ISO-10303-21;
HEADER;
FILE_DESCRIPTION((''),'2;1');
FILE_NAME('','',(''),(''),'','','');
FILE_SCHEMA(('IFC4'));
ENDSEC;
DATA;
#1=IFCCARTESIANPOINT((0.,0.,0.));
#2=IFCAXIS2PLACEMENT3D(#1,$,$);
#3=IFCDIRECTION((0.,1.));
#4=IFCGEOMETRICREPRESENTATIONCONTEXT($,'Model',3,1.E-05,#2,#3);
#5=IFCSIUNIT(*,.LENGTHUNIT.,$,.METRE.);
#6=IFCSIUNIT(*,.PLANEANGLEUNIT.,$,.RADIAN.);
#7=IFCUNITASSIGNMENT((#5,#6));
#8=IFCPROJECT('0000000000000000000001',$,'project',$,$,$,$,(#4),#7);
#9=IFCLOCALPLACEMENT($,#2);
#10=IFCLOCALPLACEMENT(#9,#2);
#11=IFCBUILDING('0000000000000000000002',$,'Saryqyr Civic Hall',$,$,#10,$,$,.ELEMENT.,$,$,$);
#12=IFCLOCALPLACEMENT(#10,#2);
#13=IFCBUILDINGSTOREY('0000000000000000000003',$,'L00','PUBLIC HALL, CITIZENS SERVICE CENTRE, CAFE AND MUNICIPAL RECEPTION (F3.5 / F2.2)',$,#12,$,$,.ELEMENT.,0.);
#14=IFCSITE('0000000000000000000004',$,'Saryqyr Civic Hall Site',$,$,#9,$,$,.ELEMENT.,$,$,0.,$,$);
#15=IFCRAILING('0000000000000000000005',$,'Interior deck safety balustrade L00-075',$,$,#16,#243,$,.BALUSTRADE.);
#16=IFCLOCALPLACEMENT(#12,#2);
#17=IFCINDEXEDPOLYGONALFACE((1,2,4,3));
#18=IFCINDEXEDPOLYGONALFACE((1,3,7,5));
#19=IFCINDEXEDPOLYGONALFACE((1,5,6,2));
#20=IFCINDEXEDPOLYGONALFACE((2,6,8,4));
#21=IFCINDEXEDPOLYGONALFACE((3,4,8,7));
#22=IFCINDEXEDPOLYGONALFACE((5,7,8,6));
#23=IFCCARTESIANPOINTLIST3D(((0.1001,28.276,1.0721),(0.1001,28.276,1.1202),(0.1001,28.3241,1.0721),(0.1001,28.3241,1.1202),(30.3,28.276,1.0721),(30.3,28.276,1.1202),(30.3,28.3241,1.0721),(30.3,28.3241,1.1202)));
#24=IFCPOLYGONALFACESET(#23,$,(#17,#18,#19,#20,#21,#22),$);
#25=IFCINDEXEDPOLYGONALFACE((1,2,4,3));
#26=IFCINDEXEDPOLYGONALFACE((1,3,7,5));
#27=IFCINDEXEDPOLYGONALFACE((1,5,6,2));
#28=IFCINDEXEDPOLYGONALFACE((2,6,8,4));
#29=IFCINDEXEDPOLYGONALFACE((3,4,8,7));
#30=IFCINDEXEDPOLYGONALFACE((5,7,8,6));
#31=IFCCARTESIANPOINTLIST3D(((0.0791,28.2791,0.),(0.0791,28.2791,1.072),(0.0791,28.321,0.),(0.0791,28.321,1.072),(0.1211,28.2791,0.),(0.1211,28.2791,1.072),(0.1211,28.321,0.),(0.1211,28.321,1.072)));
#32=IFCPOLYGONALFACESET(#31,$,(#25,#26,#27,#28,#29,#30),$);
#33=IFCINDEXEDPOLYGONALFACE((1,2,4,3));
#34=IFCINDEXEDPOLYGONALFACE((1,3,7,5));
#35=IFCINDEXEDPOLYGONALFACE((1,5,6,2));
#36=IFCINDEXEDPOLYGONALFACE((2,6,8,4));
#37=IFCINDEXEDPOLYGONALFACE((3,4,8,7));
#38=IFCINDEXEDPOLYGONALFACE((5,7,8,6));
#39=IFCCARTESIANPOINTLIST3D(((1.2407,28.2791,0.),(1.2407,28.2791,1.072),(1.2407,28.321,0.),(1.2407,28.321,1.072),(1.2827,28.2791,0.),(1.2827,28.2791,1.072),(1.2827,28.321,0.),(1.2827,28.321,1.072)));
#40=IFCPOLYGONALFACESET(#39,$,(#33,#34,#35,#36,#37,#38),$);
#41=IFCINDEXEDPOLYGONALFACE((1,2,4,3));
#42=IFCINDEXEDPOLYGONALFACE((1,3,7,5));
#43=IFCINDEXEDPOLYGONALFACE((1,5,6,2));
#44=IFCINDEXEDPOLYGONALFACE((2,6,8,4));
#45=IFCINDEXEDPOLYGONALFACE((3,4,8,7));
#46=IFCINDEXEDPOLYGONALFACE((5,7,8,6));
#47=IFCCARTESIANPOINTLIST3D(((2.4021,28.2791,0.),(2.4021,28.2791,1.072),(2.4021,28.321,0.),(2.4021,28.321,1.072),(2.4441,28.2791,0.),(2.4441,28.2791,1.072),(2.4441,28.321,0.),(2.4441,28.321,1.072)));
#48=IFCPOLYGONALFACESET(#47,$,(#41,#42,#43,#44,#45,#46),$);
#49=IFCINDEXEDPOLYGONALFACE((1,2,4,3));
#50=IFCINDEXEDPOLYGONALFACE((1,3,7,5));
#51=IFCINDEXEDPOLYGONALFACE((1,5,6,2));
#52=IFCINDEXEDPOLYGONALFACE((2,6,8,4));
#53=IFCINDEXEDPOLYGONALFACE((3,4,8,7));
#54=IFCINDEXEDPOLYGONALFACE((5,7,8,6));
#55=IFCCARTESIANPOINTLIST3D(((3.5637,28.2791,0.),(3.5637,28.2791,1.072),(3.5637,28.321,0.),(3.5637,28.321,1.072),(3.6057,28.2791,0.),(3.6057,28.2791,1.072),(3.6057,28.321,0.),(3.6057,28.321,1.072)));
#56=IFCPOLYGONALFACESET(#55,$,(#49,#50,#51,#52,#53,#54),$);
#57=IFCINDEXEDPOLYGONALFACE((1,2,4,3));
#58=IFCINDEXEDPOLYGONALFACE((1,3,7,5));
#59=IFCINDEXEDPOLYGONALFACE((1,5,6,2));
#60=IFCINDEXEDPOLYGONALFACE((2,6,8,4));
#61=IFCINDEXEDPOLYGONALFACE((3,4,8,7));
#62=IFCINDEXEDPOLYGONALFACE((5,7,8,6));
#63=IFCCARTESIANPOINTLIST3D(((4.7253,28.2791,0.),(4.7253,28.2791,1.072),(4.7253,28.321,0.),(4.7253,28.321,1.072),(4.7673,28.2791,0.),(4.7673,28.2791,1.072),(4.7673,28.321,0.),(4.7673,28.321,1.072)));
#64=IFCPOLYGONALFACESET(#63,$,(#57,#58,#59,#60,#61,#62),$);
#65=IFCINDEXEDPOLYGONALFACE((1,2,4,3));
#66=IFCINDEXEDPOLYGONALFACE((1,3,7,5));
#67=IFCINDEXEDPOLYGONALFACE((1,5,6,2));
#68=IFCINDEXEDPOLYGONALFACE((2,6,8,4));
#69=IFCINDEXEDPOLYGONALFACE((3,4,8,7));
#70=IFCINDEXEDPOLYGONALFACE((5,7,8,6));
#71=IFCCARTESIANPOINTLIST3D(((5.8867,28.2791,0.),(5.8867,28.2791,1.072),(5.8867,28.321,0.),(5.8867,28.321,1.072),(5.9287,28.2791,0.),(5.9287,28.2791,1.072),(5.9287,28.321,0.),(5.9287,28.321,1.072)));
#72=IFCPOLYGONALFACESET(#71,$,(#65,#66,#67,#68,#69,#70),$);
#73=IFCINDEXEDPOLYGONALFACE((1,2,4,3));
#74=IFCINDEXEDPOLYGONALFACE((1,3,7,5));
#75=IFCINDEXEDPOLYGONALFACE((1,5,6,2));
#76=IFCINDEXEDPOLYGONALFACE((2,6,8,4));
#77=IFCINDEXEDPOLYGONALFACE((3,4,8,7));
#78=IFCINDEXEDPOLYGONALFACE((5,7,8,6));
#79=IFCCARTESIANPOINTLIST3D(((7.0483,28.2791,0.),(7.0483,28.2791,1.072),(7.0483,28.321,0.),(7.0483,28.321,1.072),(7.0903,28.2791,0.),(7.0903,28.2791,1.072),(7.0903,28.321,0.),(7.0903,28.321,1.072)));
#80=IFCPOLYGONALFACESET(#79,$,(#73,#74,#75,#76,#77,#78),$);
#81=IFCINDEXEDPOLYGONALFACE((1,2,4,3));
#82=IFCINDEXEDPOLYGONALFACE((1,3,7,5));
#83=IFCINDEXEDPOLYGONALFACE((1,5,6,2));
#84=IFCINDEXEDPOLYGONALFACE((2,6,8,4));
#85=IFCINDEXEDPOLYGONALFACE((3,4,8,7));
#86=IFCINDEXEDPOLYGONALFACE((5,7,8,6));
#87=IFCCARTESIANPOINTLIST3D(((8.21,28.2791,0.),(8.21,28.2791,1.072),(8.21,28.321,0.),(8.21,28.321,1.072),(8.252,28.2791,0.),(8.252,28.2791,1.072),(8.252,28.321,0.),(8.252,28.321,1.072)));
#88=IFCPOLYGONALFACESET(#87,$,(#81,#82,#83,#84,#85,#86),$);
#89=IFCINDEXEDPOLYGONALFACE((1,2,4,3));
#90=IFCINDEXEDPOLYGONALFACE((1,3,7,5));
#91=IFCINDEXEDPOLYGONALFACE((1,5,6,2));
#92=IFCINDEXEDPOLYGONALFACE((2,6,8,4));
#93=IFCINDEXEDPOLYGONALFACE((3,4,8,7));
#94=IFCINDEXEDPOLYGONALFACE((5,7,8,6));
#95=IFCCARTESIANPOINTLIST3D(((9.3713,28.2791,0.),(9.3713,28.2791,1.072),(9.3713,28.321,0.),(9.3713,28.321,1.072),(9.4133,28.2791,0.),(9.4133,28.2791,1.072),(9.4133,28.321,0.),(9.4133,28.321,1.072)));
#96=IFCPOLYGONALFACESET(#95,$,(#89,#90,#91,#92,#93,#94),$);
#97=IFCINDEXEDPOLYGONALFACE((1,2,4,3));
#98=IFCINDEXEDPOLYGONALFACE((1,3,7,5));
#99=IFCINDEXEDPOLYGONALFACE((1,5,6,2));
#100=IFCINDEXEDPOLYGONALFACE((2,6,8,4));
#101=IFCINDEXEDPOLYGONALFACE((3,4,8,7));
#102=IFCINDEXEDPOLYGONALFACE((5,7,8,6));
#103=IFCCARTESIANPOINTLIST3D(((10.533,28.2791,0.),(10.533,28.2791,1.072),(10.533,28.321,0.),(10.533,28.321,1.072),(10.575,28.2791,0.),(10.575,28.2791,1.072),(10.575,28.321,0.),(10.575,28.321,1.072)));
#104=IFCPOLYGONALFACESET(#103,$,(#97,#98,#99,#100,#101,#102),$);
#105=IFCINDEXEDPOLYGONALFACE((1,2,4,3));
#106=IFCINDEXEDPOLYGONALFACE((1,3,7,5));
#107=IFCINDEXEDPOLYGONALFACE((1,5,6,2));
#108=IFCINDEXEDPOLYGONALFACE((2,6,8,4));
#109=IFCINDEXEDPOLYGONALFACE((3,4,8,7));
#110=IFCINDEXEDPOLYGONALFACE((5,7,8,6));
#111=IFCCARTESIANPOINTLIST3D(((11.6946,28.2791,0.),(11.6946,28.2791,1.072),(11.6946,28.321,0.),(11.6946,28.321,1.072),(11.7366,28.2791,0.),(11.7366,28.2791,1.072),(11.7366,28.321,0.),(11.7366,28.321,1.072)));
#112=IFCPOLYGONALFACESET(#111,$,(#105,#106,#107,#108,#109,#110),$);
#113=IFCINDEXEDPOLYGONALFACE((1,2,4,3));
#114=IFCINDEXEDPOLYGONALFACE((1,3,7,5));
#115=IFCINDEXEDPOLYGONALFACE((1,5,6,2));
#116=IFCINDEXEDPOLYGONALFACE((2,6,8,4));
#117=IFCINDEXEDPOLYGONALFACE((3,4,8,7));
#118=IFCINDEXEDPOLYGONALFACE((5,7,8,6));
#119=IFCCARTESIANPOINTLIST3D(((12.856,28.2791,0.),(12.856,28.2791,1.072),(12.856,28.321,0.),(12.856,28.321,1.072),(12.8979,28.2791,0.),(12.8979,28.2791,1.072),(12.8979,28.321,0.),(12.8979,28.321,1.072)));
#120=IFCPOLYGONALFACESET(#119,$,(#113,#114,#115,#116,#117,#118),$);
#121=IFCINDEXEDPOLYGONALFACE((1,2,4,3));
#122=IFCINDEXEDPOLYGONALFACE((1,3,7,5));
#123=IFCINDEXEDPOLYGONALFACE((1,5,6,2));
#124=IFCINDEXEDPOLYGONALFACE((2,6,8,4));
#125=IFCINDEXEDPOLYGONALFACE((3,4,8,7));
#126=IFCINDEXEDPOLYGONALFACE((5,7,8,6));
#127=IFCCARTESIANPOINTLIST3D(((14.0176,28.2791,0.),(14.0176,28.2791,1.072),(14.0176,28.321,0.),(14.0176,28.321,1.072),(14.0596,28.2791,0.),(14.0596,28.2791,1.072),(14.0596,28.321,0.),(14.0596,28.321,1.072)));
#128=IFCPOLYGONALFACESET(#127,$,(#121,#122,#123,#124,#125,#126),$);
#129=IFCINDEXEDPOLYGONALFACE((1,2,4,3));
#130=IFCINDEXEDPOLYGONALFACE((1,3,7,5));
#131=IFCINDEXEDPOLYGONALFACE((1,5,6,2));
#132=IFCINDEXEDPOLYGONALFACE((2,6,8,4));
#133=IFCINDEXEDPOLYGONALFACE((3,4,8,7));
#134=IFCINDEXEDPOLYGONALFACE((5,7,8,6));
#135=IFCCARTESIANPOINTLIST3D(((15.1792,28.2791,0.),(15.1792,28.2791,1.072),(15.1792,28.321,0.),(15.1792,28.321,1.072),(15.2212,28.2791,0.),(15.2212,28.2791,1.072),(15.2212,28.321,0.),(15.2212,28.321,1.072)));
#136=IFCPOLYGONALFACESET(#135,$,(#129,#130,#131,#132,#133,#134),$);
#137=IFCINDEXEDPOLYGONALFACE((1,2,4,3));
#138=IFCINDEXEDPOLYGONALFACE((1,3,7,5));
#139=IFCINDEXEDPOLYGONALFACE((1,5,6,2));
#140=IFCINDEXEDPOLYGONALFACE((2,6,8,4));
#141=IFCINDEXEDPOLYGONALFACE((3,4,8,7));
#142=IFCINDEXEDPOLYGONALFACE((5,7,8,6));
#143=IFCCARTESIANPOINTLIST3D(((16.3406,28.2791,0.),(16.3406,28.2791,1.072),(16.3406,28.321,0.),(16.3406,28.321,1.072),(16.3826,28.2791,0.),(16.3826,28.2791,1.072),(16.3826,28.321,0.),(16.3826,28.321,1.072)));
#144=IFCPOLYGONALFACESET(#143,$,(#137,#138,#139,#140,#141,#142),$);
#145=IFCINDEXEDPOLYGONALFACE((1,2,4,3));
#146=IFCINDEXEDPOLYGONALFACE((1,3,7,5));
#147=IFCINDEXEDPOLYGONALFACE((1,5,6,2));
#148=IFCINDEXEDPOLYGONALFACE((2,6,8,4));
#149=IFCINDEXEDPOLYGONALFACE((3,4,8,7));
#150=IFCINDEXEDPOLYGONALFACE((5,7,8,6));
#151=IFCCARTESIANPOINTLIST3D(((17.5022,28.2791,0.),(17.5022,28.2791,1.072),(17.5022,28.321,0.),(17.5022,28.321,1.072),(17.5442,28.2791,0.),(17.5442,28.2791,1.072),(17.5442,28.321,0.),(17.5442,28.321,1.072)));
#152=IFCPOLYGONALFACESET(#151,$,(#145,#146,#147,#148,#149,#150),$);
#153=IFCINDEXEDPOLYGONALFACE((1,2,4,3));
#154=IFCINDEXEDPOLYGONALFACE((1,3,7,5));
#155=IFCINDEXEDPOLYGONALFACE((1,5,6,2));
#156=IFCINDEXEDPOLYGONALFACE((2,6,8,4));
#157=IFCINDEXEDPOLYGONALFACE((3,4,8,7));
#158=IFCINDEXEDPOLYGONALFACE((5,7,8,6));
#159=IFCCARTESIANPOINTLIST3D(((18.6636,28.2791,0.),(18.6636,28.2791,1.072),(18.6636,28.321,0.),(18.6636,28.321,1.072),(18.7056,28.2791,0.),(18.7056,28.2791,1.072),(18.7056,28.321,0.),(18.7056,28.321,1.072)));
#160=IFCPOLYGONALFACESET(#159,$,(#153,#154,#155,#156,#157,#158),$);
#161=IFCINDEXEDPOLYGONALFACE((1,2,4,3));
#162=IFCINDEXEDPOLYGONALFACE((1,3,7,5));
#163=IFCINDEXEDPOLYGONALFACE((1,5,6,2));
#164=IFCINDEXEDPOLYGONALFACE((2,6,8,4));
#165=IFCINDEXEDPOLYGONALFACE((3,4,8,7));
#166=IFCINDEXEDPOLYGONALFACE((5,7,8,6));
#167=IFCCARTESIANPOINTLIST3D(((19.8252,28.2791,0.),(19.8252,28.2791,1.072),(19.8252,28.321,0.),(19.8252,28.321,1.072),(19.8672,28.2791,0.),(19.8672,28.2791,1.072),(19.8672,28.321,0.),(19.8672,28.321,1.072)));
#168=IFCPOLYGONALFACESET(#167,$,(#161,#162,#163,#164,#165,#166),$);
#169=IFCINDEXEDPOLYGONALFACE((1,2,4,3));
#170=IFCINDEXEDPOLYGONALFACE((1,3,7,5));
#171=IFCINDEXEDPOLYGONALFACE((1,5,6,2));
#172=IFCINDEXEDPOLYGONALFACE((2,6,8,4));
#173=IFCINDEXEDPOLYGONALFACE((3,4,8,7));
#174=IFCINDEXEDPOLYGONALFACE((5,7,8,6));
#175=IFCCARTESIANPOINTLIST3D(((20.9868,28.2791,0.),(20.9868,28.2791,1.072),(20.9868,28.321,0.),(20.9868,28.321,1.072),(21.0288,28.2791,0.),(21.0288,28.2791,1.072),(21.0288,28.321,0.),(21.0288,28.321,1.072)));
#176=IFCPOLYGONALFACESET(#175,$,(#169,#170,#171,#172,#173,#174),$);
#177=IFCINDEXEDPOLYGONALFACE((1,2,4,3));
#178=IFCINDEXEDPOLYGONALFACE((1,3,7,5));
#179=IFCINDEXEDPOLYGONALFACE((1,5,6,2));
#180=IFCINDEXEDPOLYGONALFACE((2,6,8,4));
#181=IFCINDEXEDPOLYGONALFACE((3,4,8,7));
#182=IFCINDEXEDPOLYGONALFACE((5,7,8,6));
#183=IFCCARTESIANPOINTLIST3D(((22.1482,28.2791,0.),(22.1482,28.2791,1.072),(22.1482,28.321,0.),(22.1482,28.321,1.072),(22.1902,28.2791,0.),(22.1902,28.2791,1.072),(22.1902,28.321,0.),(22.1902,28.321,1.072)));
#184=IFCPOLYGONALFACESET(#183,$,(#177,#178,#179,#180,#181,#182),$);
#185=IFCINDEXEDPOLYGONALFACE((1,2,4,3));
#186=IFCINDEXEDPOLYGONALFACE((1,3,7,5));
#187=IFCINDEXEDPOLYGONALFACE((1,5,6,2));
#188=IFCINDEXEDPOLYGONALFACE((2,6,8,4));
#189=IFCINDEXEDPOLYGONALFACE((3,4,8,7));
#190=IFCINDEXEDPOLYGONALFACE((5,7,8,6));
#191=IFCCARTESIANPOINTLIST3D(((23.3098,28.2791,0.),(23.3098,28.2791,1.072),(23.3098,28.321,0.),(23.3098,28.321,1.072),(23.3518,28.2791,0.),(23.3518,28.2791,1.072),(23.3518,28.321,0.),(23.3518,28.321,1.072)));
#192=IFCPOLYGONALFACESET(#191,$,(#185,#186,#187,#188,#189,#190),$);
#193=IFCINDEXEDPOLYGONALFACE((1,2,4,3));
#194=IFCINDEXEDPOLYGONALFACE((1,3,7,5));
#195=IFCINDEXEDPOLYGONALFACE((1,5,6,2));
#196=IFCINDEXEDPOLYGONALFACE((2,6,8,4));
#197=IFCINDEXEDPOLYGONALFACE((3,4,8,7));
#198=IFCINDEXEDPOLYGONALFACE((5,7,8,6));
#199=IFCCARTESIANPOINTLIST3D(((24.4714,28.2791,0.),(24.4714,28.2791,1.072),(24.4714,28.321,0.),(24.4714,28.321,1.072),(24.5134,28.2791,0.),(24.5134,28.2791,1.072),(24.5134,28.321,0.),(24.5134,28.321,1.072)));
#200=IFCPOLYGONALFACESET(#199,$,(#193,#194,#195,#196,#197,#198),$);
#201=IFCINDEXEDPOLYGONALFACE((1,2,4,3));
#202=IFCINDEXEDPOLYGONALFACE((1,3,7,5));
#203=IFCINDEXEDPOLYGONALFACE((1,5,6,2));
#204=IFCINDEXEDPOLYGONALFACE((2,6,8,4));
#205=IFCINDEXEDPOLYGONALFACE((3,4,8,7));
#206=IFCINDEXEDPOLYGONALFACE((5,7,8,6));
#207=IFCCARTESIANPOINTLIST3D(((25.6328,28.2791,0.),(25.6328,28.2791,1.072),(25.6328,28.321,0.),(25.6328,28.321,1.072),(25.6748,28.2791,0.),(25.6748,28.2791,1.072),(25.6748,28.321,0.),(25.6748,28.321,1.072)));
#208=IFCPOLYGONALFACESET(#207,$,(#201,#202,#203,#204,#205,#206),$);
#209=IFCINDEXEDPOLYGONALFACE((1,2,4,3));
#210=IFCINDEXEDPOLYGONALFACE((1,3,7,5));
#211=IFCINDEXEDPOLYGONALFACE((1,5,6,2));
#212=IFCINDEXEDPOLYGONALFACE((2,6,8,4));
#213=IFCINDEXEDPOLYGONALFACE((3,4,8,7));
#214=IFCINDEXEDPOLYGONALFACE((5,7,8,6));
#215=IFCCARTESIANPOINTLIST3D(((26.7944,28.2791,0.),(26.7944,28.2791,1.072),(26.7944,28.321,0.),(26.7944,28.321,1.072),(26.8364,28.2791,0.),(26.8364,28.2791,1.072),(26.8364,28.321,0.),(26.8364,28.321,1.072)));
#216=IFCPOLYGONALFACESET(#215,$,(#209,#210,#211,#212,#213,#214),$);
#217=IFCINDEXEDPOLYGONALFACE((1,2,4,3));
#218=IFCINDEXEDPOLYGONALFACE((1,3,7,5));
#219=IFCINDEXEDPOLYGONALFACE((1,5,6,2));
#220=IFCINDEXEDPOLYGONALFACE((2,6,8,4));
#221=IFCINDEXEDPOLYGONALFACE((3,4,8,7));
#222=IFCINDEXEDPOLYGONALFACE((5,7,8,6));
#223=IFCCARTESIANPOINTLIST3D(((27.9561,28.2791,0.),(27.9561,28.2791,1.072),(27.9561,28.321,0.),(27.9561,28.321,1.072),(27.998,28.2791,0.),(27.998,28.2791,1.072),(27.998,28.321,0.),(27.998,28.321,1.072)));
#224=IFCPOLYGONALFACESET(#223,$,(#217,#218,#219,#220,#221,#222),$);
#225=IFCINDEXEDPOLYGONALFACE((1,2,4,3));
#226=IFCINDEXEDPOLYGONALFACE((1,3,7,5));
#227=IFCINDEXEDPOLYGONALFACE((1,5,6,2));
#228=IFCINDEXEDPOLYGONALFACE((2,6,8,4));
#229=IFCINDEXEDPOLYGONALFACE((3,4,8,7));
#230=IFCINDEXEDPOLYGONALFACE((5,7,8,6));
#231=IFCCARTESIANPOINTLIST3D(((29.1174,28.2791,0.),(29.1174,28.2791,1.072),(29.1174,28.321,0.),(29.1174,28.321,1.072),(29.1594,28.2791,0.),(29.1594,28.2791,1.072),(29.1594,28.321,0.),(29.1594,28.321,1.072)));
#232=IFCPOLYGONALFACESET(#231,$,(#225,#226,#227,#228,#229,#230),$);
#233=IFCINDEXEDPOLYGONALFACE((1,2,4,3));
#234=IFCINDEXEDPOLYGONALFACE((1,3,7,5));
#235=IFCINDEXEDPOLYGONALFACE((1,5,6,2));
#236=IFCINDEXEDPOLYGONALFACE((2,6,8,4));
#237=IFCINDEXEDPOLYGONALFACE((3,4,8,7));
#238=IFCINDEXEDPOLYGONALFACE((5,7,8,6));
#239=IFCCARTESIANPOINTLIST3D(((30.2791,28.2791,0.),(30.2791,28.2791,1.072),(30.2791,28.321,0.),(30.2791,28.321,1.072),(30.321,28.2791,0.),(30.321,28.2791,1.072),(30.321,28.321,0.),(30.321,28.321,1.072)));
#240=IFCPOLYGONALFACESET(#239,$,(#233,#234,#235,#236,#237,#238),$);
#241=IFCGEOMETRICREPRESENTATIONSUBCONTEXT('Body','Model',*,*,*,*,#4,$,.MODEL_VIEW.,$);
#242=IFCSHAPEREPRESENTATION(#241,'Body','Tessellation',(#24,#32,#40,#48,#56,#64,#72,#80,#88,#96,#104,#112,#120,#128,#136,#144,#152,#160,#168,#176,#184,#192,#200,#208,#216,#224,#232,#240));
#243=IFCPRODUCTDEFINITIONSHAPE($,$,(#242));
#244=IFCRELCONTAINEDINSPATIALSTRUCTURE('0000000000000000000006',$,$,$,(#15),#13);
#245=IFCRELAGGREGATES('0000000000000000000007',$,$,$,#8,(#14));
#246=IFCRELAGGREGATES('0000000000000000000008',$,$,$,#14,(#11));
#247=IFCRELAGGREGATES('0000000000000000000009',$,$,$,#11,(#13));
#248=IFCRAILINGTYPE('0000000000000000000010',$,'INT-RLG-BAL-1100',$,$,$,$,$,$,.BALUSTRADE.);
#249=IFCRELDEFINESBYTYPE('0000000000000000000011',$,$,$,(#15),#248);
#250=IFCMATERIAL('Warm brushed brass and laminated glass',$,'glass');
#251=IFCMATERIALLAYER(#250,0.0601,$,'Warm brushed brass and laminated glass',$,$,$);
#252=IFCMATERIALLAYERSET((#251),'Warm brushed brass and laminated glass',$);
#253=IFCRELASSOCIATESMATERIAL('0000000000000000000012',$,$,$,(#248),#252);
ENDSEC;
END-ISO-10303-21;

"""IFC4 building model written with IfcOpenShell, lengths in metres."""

from ifc_helpers import new_model, si_unit, direction, frame, origin, origin_2d, place, context, subcontext, project, spatial, rectangle, extrude, material, layer, layer_set, type_object, element, save


model = new_model("IFC4")

# Units and contexts
model_context = context("Model", 3, precision=1e-05, world=origin(), true_north=direction((0.0, 1.0)))
body_context = subcontext(model_context, "Body", "Model", "MODEL_VIEW")
ifc_project = project(units=[si_unit("LENGTHUNIT", "METRE"), si_unit("PLANEANGLEUNIT", "RADIAN")], contexts=[model_context])

# Site, building, storey
site_placement = place(None, origin())
site = spatial("IfcSite", under=ifc_project, at=site_placement, Name="Saryqyr Civic Hall Site", CompositionType="ELEMENT", RefElevation=0.0)
building_placement = place(site_placement, origin())
building = spatial("IfcBuilding", under=site, at=building_placement, Name="Saryqyr Civic Hall", CompositionType="ELEMENT")
storey_placement = place(building_placement, origin())
storey = spatial("IfcBuildingStorey", under=building, at=storey_placement, Name="L00", Description="PUBLIC HALL, CITIZENS SERVICE CENTRE, CAFE AND MUNICIPAL RECEPTION (F3.5 / F2.2)", CompositionType="ELEMENT", Elevation=0.0)

# Railing
ifc_material_1 = material(Name="Warm brushed brass and laminated glass", Category="glass")
ifc_layer_1 = layer(ifc_material_1, 0.0601, Name="Warm brushed brass and laminated glass")
ifc_layer_set_1 = layer_set([ifc_layer_1], Name="Warm brushed brass and laminated glass")
railing_type = type_object("IfcRailingType", Name="INT-RLG-BAL-1100", PredefinedType="BALUSTRADE", material=ifc_layer_set_1)
railing_1_placement = place(storey_placement, frame((0.1001, 28.3, 0.0)))
element("IfcRailing", 1, at=railing_1_placement, inside=storey, type_object=railing_type, Name="Interior deck safety balustrade L00-075", PredefinedType="BALUSTRADE", context=body_context, shape_type="SweptSolid", body=[
    extrude(rectangle(XDim=0.0481, YDim=0.0481, at=origin_2d()), frame((0.0, 0.0, 1.0962), z_axis=(1.0, 0.0, 0.0), x_axis=(0.0, 1.0, 0.0)), (0.0, 0.0, 1.0), 30.2),
    extrude(rectangle(XDim=0.042, YDim=0.042, at=origin_2d()), origin(), (0.0, 0.0, 1.0), 1.072),
    extrude(rectangle(XDim=0.042, YDim=0.042, at=origin_2d()), frame((1.1616, 0.0, 0.0)), (0.0, 0.0, 1.0), 1.072),
    extrude(rectangle(XDim=0.042, YDim=0.042, at=origin_2d()), frame((2.323, 0.0, 0.0)), (0.0, 0.0, 1.0), 1.072),
    extrude(rectangle(XDim=0.042, YDim=0.042, at=origin_2d()), frame((3.4846, 0.0, 0.0)), (0.0, 0.0, 1.0), 1.072),
    extrude(rectangle(XDim=0.042, YDim=0.042, at=origin_2d()), frame((4.6462, 0.0, 0.0)), (0.0, 0.0, 1.0), 1.072),
    extrude(rectangle(XDim=0.042, YDim=0.042, at=origin_2d()), frame((5.8076, 0.0, 0.0)), (0.0, 0.0, 1.0), 1.072),
    extrude(rectangle(XDim=0.042, YDim=0.042, at=origin_2d()), frame((6.9692, 0.0, 0.0)), (0.0, 0.0, 1.0), 1.072),
    extrude(rectangle(XDim=0.042, YDim=0.042, at=origin_2d()), frame((8.1309, 0.0, 0.0)), (0.0, 0.0, 1.0), 1.072),
    extrude(rectangle(XDim=0.042, YDim=0.042, at=origin_2d()), frame((9.2922, 0.0, 0.0)), (0.0, 0.0, 1.0), 1.072),
    extrude(rectangle(XDim=0.042, YDim=0.042, at=origin_2d()), frame((10.4539, 0.0, 0.0)), (0.0, 0.0, 1.0), 1.072),
    extrude(rectangle(XDim=0.042, YDim=0.042, at=origin_2d()), frame((11.6155, 0.0, 0.0)), (0.0, 0.0, 1.0), 1.072),
    extrude(rectangle(XDim=0.042, YDim=0.042, at=origin_2d()), frame((12.7769, 0.0, 0.0)), (0.0, 0.0, 1.0), 1.072),
    extrude(rectangle(XDim=0.042, YDim=0.042, at=origin_2d()), frame((13.9385, 0.0, 0.0)), (0.0, 0.0, 1.0), 1.072),
    extrude(rectangle(XDim=0.042, YDim=0.042, at=origin_2d()), frame((15.1001, 0.0, 0.0)), (0.0, 0.0, 1.0), 1.072),
    extrude(rectangle(XDim=0.042, YDim=0.042, at=origin_2d()), frame((16.2615, 0.0, 0.0)), (0.0, 0.0, 1.0), 1.072),
    extrude(rectangle(XDim=0.042, YDim=0.042, at=origin_2d()), frame((17.4231, 0.0, 0.0)), (0.0, 0.0, 1.0), 1.072),
    extrude(rectangle(XDim=0.042, YDim=0.042, at=origin_2d()), frame((18.5845, 0.0, 0.0)), (0.0, 0.0, 1.0), 1.072),
    extrude(rectangle(XDim=0.042, YDim=0.042, at=origin_2d()), frame((19.7461, 0.0, 0.0)), (0.0, 0.0, 1.0), 1.072),
    extrude(rectangle(XDim=0.042, YDim=0.042, at=origin_2d()), frame((20.9077, 0.0, 0.0)), (0.0, 0.0, 1.0), 1.072),
    extrude(rectangle(XDim=0.042, YDim=0.042, at=origin_2d()), frame((22.0691, 0.0, 0.0)), (0.0, 0.0, 1.0), 1.072),
    extrude(rectangle(XDim=0.042, YDim=0.042, at=origin_2d()), frame((23.2307, 0.0, 0.0)), (0.0, 0.0, 1.0), 1.072),
    extrude(rectangle(XDim=0.042, YDim=0.042, at=origin_2d()), frame((24.3923, 0.0, 0.0)), (0.0, 0.0, 1.0), 1.072),
    extrude(rectangle(XDim=0.042, YDim=0.042, at=origin_2d()), frame((25.5537, 0.0, 0.0)), (0.0, 0.0, 1.0), 1.072),
    extrude(rectangle(XDim=0.042, YDim=0.042, at=origin_2d()), frame((26.7153, 0.0, 0.0)), (0.0, 0.0, 1.0), 1.072),
    extrude(rectangle(XDim=0.042, YDim=0.042, at=origin_2d()), frame((27.877, 0.0, 0.0)), (0.0, 0.0, 1.0), 1.072),
    extrude(rectangle(XDim=0.042, YDim=0.042, at=origin_2d()), frame((29.0383, 0.0, 0.0)), (0.0, 0.0, 1.0), 1.072),
    extrude(rectangle(XDim=0.042, YDim=0.042, at=origin_2d()), frame((30.2, 0.0, 0.0)), (0.0, 0.0, 1.0), 1.072),
])

save(model, "model.ifc")
